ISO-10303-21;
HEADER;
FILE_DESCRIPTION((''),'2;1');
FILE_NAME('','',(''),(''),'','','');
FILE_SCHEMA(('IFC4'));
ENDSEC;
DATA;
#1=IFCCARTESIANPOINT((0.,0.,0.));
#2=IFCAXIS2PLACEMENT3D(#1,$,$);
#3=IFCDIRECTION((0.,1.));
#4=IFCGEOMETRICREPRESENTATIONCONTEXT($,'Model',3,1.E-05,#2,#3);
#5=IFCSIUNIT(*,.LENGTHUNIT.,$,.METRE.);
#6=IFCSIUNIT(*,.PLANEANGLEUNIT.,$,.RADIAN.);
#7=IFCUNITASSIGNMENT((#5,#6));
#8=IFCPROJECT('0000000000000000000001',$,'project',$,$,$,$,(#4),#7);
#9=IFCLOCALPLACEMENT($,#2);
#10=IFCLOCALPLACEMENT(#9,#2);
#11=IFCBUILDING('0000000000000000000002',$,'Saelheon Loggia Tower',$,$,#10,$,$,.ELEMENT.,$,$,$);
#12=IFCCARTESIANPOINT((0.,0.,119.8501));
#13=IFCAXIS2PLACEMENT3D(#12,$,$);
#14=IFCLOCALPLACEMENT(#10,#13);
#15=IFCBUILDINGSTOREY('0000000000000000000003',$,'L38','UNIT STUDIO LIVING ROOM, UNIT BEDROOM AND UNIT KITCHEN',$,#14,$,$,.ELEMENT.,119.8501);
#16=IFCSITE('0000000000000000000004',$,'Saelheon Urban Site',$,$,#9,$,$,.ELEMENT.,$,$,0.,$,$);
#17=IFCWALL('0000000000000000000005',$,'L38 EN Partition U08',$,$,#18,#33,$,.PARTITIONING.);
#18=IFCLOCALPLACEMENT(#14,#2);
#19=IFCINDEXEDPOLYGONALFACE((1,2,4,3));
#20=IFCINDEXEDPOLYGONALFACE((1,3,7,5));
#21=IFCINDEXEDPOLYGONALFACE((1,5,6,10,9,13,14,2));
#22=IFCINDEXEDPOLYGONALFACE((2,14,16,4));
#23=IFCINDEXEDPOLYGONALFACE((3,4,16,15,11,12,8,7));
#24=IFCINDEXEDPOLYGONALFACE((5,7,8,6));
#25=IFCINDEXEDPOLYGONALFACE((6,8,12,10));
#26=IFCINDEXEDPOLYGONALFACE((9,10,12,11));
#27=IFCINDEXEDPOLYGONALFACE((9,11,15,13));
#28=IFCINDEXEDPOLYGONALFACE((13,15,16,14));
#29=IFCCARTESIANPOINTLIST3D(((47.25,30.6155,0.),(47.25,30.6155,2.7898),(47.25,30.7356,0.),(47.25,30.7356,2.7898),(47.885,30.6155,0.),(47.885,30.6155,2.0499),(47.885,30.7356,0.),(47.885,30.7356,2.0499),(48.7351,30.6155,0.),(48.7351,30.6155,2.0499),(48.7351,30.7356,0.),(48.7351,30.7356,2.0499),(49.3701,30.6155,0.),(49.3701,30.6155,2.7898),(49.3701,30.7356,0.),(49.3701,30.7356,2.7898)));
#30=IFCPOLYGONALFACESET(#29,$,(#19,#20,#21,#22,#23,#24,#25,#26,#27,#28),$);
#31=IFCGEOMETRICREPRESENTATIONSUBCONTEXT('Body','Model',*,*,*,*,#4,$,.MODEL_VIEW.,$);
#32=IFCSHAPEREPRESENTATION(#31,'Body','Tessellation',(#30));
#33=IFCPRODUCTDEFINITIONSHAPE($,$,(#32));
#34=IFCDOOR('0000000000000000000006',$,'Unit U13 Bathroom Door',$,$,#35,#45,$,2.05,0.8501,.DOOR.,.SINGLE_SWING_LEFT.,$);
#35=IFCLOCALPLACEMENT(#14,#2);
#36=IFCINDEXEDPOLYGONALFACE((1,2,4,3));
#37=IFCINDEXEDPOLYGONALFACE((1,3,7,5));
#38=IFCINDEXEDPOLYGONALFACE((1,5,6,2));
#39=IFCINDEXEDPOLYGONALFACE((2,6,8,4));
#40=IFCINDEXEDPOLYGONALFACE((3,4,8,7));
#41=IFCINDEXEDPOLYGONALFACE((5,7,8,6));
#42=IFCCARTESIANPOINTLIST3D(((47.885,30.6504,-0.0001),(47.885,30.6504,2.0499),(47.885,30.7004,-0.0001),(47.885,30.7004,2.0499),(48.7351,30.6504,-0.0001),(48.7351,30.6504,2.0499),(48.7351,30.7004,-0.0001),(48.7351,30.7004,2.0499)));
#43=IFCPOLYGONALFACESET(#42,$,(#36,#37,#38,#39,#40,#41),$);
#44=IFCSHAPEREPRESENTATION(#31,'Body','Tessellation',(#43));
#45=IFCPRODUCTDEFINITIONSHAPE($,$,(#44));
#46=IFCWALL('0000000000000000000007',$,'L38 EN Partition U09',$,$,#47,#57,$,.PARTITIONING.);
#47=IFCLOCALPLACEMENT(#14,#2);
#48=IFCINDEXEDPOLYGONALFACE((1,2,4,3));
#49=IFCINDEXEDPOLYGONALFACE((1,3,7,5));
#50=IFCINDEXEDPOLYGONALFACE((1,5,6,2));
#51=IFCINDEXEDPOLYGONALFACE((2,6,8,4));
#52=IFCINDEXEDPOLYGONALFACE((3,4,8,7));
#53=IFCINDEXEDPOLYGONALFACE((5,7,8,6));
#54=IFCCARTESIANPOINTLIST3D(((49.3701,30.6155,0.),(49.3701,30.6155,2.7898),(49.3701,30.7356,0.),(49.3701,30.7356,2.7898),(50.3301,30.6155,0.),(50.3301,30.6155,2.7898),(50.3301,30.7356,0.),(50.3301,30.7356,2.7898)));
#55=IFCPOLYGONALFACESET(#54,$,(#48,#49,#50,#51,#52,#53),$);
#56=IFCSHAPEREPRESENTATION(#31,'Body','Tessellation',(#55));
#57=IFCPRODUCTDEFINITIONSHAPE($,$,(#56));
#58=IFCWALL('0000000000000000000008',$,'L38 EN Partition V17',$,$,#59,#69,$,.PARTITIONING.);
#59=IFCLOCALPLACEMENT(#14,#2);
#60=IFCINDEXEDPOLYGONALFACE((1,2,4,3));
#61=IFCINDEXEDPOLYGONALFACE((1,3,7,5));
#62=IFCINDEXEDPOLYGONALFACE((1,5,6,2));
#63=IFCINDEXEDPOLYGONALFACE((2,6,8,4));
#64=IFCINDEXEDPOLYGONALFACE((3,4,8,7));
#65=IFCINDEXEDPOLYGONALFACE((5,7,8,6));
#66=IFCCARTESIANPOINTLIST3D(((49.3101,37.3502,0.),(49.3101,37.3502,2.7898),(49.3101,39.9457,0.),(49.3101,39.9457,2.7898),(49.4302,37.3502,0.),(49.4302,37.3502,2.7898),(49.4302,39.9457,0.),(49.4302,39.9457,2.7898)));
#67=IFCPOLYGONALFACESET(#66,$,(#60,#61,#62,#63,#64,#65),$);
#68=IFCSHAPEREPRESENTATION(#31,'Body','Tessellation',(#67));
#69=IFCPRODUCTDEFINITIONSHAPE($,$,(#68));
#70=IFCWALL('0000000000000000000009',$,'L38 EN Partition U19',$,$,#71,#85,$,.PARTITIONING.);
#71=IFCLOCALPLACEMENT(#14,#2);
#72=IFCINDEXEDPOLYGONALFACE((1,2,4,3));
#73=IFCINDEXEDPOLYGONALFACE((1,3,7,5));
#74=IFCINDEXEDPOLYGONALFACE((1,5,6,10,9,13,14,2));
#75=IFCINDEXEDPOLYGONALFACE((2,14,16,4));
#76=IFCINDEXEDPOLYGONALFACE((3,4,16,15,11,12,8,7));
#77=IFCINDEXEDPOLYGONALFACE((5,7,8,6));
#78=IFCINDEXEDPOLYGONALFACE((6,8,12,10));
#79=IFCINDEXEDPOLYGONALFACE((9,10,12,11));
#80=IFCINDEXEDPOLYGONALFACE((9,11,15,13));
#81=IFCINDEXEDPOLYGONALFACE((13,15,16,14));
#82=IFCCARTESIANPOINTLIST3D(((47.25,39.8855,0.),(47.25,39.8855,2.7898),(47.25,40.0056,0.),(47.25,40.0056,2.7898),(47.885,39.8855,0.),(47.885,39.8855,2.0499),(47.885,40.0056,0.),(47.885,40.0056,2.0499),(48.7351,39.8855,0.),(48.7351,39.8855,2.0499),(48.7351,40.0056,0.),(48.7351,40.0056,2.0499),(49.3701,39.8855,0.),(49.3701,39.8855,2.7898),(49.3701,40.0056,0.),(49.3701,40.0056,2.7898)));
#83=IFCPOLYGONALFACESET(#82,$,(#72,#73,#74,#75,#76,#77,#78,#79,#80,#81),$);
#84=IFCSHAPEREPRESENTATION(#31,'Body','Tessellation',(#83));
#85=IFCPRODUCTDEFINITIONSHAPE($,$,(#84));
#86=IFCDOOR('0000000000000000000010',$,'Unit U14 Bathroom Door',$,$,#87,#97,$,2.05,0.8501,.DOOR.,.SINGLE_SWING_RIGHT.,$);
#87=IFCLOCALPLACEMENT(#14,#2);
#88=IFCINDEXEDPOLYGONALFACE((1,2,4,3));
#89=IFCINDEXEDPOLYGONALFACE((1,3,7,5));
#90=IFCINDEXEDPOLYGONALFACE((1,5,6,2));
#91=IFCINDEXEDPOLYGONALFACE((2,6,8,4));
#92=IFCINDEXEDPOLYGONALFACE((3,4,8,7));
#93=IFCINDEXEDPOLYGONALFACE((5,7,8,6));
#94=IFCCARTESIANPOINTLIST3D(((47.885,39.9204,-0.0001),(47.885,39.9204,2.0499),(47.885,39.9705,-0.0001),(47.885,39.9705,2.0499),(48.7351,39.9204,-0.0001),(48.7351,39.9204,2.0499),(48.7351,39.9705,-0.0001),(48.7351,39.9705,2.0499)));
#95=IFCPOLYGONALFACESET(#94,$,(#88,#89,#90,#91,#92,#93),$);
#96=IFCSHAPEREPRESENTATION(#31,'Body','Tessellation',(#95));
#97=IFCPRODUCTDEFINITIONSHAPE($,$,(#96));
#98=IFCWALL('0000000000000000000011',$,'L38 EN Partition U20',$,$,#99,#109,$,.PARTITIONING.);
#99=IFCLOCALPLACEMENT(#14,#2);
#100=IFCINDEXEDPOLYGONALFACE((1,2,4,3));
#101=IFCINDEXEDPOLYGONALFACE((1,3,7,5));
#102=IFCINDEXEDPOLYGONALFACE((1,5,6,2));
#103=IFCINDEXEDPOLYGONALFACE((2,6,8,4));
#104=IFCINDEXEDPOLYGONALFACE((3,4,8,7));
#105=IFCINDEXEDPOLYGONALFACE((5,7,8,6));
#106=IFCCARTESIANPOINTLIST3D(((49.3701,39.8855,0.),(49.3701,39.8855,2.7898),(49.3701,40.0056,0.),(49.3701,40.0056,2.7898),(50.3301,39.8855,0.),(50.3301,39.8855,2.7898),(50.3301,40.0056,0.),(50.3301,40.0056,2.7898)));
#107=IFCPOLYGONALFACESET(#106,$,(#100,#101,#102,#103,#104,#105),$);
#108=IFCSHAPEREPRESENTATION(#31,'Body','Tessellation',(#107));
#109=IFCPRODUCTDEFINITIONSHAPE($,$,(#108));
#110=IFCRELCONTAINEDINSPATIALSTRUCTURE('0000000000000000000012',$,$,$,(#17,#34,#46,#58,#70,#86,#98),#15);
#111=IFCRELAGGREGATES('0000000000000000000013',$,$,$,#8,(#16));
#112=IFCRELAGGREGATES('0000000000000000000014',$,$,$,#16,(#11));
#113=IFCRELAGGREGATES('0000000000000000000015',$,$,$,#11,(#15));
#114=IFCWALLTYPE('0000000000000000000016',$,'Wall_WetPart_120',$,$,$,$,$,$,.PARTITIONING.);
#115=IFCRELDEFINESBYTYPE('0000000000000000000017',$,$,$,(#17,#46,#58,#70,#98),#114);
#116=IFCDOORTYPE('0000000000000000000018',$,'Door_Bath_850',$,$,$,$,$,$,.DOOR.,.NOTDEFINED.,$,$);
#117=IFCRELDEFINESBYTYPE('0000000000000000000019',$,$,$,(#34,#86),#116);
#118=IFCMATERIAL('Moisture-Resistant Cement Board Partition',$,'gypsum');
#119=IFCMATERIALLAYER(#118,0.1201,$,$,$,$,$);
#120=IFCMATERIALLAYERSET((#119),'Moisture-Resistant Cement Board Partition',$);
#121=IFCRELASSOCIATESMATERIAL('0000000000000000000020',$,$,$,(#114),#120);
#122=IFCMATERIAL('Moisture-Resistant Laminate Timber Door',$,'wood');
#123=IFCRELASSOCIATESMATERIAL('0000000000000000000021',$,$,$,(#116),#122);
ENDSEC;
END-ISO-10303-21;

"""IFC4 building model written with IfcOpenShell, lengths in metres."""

from ifc_helpers import new_model, si_unit, direction, frame, frame_2d, origin, place, context, subcontext, project, spatial, rectangle, extrude, source, transform, mapped, material, layer, layer_set, type_object, element, fill, save


model = new_model("IFC4")

# Units and contexts
model_context = context("Model", 3, precision=1e-05, world=origin(), true_north=direction((0.0, 1.0)))
body_context = subcontext(model_context, "Body", "Model", "MODEL_VIEW")
ifc_project = project(units=[si_unit("LENGTHUNIT", "METRE"), si_unit("PLANEANGLEUNIT", "RADIAN")], contexts=[model_context])

# Site, building, storey
site_placement = place(None, origin())
site = spatial("IfcSite", under=ifc_project, at=site_placement, Name="Saelheon Urban Site", CompositionType="ELEMENT", RefElevation=0.0)
building_placement = place(site_placement, origin())
building = spatial("IfcBuilding", under=site, at=building_placement, Name="Saelheon Loggia Tower", CompositionType="ELEMENT")
storey_placement = place(building_placement, frame((0.0, 0.0, 119.8501)))
storey = spatial("IfcBuildingStorey", under=building, at=storey_placement, Name="L38", Description="UNIT STUDIO LIVING ROOM, UNIT BEDROOM AND UNIT KITCHEN", CompositionType="ELEMENT", Elevation=119.8501)

# Wall, opening, door
ifc_material_1 = material(Name="Moisture-Resistant Cement Board Partition", Category="gypsum")
ifc_layer_1 = layer(ifc_material_1, 0.1201)
ifc_layer_set_1 = layer_set([ifc_layer_1], Name="Moisture-Resistant Cement Board Partition")
wall_type_1 = type_object("IfcWallType", Name="Wall_WetPart_120", PredefinedType="PARTITIONING", material=ifc_layer_set_1)
wall_1_placement = place(storey_placement, frame((47.25, 30.6755, 0.0), z_axis=(0.0, 0.0, 1.0), x_axis=(1.0, 0.0, 0.0)))
wall_1 = element("IfcWall", 1, at=wall_1_placement, inside=storey, type_object=wall_type_1, Name="L38 EN Partition U08", PredefinedType="PARTITIONING", context=body_context, shape_type="SweptSolid", body=[
    extrude(rectangle(XDim=2.1201, YDim=0.1201, at=frame_2d((1.0601, 0.0))), origin(), (0.0, 0.0, 1.0), 2.7898),
])
opening_1_placement = place(wall_1_placement, frame((0.635, 0.0, 0.0)))
opening_1 = element("IfcOpeningElement", 2, at=opening_1_placement, cuts=wall_1, PredefinedType="OPENING", context=body_context, shape_type="SweptSolid", body=[
    extrude(rectangle(XDim=0.8501, YDim=2.05, at=frame_2d((0.425, 1.0249))), frame((0.0, 0.072, 0.0), z_axis=(0.0, -1.0, 0.0), x_axis=(1.0, 0.0, 0.0)), (0.0, 0.0, 1.0), 0.144),
])
ifc_material_2 = material(Name="Moisture-Resistant Laminate Timber Door", Category="wood")
door_type_1 = type_object("IfcDoorType", Name="Door_Bath_850", OperationType="NOTDEFINED", PredefinedType="DOOR", material=ifc_material_2)
shared_shape_1 = source(origin(), body_context, "Body", "SweptSolid", [
    extrude(rectangle(XDim=0.8501, YDim=2.05, at=frame_2d((0.425, 1.0249))), frame((0.0, 0.0249, 0.0), z_axis=(0.0, -1.0, 0.0), x_axis=(1.0, 0.0, 0.0)), (0.0, 0.0, 1.0), 0.05),
])
door_1_placement = place(opening_1_placement, origin())
door_1 = element("IfcDoor", 3, at=door_1_placement, inside=storey, type_object=door_type_1, Name="Unit U13 Bathroom Door", OperationType="SINGLE_SWING_LEFT", OverallHeight=2.05, OverallWidth=0.8501, PredefinedType="DOOR", context=body_context, shape_type="MappedRepresentation", body=[
    mapped(shared_shape_1, transform((0.0, 0.0, 0.0), scale=1.0)),
])
fill(opening_1, door_1)

# Walls
wall_2_placement = place(storey_placement, frame((49.3701, 30.6755, 0.0), z_axis=(0.0, 0.0, 1.0), x_axis=(1.0, 0.0, 0.0)))
element("IfcWall", 4, at=wall_2_placement, inside=storey, type_object=wall_type_1, Name="L38 EN Partition U09", PredefinedType="PARTITIONING", context=body_context, shape_type="SweptSolid", body=[
    extrude(rectangle(XDim=0.96, YDim=0.1201, at=frame_2d((0.48, 0.0))), origin(), (0.0, 0.0, 1.0), 2.7898),
])
wall_3_placement = place(storey_placement, frame((49.3701, 37.3501, 0.0), z_axis=(0.0, 0.0, 1.0), x_axis=(0.0, 1.0, 0.0)))
element("IfcWall", 5, at=wall_3_placement, inside=storey, type_object=wall_type_1, Name="L38 EN Partition V17", PredefinedType="PARTITIONING", context=body_context, shape_type="SweptSolid", body=[
    extrude(rectangle(XDim=2.5955, YDim=0.1201, at=frame_2d((1.2979, 0.0))), origin(), (0.0, 0.0, 1.0), 2.7898),
])

# Wall, opening, door
wall_4_placement = place(storey_placement, frame((47.25, 39.9456, 0.0), z_axis=(0.0, 0.0, 1.0), x_axis=(1.0, 0.0, 0.0)))
wall_4 = element("IfcWall", 6, at=wall_4_placement, inside=storey, type_object=wall_type_1, Name="L38 EN Partition U19", PredefinedType="PARTITIONING", context=body_context, shape_type="SweptSolid", body=[
    extrude(rectangle(XDim=2.1201, YDim=0.1201, at=frame_2d((1.0601, 0.0))), origin(), (0.0, 0.0, 1.0), 2.7898),
])
opening_2_placement = place(wall_4_placement, frame((0.635, 0.0, 0.0)))
opening_2 = element("IfcOpeningElement", 7, at=opening_2_placement, cuts=wall_4, PredefinedType="OPENING", context=body_context, shape_type="SweptSolid", body=[
    extrude(rectangle(XDim=0.8501, YDim=2.05, at=frame_2d((0.425, 1.0249))), frame((0.0, 0.072, 0.0), z_axis=(0.0, -1.0, 0.0), x_axis=(1.0, 0.0, 0.0)), (0.0, 0.0, 1.0), 0.144),
])
door_2_placement = place(opening_2_placement, origin())
door_2 = element("IfcDoor", 8, at=door_2_placement, inside=storey, type_object=door_type_1, Name="Unit U14 Bathroom Door", OperationType="SINGLE_SWING_RIGHT", OverallHeight=2.05, OverallWidth=0.8501, PredefinedType="DOOR", context=body_context, shape_type="MappedRepresentation", body=[
    mapped(shared_shape_1, transform((0.0, 0.0, 0.0), scale=1.0)),
])
fill(opening_2, door_2)

# Wall
wall_5_placement = place(storey_placement, frame((49.3701, 39.9456, 0.0), z_axis=(0.0, 0.0, 1.0), x_axis=(1.0, 0.0, 0.0)))
element("IfcWall", 9, at=wall_5_placement, inside=storey, type_object=wall_type_1, Name="L38 EN Partition U20", PredefinedType="PARTITIONING", context=body_context, shape_type="SweptSolid", body=[
    extrude(rectangle(XDim=0.96, YDim=0.1201, at=frame_2d((0.48, 0.0))), origin(), (0.0, 0.0, 1.0), 2.7898),
])

save(model, "model.ifc")
